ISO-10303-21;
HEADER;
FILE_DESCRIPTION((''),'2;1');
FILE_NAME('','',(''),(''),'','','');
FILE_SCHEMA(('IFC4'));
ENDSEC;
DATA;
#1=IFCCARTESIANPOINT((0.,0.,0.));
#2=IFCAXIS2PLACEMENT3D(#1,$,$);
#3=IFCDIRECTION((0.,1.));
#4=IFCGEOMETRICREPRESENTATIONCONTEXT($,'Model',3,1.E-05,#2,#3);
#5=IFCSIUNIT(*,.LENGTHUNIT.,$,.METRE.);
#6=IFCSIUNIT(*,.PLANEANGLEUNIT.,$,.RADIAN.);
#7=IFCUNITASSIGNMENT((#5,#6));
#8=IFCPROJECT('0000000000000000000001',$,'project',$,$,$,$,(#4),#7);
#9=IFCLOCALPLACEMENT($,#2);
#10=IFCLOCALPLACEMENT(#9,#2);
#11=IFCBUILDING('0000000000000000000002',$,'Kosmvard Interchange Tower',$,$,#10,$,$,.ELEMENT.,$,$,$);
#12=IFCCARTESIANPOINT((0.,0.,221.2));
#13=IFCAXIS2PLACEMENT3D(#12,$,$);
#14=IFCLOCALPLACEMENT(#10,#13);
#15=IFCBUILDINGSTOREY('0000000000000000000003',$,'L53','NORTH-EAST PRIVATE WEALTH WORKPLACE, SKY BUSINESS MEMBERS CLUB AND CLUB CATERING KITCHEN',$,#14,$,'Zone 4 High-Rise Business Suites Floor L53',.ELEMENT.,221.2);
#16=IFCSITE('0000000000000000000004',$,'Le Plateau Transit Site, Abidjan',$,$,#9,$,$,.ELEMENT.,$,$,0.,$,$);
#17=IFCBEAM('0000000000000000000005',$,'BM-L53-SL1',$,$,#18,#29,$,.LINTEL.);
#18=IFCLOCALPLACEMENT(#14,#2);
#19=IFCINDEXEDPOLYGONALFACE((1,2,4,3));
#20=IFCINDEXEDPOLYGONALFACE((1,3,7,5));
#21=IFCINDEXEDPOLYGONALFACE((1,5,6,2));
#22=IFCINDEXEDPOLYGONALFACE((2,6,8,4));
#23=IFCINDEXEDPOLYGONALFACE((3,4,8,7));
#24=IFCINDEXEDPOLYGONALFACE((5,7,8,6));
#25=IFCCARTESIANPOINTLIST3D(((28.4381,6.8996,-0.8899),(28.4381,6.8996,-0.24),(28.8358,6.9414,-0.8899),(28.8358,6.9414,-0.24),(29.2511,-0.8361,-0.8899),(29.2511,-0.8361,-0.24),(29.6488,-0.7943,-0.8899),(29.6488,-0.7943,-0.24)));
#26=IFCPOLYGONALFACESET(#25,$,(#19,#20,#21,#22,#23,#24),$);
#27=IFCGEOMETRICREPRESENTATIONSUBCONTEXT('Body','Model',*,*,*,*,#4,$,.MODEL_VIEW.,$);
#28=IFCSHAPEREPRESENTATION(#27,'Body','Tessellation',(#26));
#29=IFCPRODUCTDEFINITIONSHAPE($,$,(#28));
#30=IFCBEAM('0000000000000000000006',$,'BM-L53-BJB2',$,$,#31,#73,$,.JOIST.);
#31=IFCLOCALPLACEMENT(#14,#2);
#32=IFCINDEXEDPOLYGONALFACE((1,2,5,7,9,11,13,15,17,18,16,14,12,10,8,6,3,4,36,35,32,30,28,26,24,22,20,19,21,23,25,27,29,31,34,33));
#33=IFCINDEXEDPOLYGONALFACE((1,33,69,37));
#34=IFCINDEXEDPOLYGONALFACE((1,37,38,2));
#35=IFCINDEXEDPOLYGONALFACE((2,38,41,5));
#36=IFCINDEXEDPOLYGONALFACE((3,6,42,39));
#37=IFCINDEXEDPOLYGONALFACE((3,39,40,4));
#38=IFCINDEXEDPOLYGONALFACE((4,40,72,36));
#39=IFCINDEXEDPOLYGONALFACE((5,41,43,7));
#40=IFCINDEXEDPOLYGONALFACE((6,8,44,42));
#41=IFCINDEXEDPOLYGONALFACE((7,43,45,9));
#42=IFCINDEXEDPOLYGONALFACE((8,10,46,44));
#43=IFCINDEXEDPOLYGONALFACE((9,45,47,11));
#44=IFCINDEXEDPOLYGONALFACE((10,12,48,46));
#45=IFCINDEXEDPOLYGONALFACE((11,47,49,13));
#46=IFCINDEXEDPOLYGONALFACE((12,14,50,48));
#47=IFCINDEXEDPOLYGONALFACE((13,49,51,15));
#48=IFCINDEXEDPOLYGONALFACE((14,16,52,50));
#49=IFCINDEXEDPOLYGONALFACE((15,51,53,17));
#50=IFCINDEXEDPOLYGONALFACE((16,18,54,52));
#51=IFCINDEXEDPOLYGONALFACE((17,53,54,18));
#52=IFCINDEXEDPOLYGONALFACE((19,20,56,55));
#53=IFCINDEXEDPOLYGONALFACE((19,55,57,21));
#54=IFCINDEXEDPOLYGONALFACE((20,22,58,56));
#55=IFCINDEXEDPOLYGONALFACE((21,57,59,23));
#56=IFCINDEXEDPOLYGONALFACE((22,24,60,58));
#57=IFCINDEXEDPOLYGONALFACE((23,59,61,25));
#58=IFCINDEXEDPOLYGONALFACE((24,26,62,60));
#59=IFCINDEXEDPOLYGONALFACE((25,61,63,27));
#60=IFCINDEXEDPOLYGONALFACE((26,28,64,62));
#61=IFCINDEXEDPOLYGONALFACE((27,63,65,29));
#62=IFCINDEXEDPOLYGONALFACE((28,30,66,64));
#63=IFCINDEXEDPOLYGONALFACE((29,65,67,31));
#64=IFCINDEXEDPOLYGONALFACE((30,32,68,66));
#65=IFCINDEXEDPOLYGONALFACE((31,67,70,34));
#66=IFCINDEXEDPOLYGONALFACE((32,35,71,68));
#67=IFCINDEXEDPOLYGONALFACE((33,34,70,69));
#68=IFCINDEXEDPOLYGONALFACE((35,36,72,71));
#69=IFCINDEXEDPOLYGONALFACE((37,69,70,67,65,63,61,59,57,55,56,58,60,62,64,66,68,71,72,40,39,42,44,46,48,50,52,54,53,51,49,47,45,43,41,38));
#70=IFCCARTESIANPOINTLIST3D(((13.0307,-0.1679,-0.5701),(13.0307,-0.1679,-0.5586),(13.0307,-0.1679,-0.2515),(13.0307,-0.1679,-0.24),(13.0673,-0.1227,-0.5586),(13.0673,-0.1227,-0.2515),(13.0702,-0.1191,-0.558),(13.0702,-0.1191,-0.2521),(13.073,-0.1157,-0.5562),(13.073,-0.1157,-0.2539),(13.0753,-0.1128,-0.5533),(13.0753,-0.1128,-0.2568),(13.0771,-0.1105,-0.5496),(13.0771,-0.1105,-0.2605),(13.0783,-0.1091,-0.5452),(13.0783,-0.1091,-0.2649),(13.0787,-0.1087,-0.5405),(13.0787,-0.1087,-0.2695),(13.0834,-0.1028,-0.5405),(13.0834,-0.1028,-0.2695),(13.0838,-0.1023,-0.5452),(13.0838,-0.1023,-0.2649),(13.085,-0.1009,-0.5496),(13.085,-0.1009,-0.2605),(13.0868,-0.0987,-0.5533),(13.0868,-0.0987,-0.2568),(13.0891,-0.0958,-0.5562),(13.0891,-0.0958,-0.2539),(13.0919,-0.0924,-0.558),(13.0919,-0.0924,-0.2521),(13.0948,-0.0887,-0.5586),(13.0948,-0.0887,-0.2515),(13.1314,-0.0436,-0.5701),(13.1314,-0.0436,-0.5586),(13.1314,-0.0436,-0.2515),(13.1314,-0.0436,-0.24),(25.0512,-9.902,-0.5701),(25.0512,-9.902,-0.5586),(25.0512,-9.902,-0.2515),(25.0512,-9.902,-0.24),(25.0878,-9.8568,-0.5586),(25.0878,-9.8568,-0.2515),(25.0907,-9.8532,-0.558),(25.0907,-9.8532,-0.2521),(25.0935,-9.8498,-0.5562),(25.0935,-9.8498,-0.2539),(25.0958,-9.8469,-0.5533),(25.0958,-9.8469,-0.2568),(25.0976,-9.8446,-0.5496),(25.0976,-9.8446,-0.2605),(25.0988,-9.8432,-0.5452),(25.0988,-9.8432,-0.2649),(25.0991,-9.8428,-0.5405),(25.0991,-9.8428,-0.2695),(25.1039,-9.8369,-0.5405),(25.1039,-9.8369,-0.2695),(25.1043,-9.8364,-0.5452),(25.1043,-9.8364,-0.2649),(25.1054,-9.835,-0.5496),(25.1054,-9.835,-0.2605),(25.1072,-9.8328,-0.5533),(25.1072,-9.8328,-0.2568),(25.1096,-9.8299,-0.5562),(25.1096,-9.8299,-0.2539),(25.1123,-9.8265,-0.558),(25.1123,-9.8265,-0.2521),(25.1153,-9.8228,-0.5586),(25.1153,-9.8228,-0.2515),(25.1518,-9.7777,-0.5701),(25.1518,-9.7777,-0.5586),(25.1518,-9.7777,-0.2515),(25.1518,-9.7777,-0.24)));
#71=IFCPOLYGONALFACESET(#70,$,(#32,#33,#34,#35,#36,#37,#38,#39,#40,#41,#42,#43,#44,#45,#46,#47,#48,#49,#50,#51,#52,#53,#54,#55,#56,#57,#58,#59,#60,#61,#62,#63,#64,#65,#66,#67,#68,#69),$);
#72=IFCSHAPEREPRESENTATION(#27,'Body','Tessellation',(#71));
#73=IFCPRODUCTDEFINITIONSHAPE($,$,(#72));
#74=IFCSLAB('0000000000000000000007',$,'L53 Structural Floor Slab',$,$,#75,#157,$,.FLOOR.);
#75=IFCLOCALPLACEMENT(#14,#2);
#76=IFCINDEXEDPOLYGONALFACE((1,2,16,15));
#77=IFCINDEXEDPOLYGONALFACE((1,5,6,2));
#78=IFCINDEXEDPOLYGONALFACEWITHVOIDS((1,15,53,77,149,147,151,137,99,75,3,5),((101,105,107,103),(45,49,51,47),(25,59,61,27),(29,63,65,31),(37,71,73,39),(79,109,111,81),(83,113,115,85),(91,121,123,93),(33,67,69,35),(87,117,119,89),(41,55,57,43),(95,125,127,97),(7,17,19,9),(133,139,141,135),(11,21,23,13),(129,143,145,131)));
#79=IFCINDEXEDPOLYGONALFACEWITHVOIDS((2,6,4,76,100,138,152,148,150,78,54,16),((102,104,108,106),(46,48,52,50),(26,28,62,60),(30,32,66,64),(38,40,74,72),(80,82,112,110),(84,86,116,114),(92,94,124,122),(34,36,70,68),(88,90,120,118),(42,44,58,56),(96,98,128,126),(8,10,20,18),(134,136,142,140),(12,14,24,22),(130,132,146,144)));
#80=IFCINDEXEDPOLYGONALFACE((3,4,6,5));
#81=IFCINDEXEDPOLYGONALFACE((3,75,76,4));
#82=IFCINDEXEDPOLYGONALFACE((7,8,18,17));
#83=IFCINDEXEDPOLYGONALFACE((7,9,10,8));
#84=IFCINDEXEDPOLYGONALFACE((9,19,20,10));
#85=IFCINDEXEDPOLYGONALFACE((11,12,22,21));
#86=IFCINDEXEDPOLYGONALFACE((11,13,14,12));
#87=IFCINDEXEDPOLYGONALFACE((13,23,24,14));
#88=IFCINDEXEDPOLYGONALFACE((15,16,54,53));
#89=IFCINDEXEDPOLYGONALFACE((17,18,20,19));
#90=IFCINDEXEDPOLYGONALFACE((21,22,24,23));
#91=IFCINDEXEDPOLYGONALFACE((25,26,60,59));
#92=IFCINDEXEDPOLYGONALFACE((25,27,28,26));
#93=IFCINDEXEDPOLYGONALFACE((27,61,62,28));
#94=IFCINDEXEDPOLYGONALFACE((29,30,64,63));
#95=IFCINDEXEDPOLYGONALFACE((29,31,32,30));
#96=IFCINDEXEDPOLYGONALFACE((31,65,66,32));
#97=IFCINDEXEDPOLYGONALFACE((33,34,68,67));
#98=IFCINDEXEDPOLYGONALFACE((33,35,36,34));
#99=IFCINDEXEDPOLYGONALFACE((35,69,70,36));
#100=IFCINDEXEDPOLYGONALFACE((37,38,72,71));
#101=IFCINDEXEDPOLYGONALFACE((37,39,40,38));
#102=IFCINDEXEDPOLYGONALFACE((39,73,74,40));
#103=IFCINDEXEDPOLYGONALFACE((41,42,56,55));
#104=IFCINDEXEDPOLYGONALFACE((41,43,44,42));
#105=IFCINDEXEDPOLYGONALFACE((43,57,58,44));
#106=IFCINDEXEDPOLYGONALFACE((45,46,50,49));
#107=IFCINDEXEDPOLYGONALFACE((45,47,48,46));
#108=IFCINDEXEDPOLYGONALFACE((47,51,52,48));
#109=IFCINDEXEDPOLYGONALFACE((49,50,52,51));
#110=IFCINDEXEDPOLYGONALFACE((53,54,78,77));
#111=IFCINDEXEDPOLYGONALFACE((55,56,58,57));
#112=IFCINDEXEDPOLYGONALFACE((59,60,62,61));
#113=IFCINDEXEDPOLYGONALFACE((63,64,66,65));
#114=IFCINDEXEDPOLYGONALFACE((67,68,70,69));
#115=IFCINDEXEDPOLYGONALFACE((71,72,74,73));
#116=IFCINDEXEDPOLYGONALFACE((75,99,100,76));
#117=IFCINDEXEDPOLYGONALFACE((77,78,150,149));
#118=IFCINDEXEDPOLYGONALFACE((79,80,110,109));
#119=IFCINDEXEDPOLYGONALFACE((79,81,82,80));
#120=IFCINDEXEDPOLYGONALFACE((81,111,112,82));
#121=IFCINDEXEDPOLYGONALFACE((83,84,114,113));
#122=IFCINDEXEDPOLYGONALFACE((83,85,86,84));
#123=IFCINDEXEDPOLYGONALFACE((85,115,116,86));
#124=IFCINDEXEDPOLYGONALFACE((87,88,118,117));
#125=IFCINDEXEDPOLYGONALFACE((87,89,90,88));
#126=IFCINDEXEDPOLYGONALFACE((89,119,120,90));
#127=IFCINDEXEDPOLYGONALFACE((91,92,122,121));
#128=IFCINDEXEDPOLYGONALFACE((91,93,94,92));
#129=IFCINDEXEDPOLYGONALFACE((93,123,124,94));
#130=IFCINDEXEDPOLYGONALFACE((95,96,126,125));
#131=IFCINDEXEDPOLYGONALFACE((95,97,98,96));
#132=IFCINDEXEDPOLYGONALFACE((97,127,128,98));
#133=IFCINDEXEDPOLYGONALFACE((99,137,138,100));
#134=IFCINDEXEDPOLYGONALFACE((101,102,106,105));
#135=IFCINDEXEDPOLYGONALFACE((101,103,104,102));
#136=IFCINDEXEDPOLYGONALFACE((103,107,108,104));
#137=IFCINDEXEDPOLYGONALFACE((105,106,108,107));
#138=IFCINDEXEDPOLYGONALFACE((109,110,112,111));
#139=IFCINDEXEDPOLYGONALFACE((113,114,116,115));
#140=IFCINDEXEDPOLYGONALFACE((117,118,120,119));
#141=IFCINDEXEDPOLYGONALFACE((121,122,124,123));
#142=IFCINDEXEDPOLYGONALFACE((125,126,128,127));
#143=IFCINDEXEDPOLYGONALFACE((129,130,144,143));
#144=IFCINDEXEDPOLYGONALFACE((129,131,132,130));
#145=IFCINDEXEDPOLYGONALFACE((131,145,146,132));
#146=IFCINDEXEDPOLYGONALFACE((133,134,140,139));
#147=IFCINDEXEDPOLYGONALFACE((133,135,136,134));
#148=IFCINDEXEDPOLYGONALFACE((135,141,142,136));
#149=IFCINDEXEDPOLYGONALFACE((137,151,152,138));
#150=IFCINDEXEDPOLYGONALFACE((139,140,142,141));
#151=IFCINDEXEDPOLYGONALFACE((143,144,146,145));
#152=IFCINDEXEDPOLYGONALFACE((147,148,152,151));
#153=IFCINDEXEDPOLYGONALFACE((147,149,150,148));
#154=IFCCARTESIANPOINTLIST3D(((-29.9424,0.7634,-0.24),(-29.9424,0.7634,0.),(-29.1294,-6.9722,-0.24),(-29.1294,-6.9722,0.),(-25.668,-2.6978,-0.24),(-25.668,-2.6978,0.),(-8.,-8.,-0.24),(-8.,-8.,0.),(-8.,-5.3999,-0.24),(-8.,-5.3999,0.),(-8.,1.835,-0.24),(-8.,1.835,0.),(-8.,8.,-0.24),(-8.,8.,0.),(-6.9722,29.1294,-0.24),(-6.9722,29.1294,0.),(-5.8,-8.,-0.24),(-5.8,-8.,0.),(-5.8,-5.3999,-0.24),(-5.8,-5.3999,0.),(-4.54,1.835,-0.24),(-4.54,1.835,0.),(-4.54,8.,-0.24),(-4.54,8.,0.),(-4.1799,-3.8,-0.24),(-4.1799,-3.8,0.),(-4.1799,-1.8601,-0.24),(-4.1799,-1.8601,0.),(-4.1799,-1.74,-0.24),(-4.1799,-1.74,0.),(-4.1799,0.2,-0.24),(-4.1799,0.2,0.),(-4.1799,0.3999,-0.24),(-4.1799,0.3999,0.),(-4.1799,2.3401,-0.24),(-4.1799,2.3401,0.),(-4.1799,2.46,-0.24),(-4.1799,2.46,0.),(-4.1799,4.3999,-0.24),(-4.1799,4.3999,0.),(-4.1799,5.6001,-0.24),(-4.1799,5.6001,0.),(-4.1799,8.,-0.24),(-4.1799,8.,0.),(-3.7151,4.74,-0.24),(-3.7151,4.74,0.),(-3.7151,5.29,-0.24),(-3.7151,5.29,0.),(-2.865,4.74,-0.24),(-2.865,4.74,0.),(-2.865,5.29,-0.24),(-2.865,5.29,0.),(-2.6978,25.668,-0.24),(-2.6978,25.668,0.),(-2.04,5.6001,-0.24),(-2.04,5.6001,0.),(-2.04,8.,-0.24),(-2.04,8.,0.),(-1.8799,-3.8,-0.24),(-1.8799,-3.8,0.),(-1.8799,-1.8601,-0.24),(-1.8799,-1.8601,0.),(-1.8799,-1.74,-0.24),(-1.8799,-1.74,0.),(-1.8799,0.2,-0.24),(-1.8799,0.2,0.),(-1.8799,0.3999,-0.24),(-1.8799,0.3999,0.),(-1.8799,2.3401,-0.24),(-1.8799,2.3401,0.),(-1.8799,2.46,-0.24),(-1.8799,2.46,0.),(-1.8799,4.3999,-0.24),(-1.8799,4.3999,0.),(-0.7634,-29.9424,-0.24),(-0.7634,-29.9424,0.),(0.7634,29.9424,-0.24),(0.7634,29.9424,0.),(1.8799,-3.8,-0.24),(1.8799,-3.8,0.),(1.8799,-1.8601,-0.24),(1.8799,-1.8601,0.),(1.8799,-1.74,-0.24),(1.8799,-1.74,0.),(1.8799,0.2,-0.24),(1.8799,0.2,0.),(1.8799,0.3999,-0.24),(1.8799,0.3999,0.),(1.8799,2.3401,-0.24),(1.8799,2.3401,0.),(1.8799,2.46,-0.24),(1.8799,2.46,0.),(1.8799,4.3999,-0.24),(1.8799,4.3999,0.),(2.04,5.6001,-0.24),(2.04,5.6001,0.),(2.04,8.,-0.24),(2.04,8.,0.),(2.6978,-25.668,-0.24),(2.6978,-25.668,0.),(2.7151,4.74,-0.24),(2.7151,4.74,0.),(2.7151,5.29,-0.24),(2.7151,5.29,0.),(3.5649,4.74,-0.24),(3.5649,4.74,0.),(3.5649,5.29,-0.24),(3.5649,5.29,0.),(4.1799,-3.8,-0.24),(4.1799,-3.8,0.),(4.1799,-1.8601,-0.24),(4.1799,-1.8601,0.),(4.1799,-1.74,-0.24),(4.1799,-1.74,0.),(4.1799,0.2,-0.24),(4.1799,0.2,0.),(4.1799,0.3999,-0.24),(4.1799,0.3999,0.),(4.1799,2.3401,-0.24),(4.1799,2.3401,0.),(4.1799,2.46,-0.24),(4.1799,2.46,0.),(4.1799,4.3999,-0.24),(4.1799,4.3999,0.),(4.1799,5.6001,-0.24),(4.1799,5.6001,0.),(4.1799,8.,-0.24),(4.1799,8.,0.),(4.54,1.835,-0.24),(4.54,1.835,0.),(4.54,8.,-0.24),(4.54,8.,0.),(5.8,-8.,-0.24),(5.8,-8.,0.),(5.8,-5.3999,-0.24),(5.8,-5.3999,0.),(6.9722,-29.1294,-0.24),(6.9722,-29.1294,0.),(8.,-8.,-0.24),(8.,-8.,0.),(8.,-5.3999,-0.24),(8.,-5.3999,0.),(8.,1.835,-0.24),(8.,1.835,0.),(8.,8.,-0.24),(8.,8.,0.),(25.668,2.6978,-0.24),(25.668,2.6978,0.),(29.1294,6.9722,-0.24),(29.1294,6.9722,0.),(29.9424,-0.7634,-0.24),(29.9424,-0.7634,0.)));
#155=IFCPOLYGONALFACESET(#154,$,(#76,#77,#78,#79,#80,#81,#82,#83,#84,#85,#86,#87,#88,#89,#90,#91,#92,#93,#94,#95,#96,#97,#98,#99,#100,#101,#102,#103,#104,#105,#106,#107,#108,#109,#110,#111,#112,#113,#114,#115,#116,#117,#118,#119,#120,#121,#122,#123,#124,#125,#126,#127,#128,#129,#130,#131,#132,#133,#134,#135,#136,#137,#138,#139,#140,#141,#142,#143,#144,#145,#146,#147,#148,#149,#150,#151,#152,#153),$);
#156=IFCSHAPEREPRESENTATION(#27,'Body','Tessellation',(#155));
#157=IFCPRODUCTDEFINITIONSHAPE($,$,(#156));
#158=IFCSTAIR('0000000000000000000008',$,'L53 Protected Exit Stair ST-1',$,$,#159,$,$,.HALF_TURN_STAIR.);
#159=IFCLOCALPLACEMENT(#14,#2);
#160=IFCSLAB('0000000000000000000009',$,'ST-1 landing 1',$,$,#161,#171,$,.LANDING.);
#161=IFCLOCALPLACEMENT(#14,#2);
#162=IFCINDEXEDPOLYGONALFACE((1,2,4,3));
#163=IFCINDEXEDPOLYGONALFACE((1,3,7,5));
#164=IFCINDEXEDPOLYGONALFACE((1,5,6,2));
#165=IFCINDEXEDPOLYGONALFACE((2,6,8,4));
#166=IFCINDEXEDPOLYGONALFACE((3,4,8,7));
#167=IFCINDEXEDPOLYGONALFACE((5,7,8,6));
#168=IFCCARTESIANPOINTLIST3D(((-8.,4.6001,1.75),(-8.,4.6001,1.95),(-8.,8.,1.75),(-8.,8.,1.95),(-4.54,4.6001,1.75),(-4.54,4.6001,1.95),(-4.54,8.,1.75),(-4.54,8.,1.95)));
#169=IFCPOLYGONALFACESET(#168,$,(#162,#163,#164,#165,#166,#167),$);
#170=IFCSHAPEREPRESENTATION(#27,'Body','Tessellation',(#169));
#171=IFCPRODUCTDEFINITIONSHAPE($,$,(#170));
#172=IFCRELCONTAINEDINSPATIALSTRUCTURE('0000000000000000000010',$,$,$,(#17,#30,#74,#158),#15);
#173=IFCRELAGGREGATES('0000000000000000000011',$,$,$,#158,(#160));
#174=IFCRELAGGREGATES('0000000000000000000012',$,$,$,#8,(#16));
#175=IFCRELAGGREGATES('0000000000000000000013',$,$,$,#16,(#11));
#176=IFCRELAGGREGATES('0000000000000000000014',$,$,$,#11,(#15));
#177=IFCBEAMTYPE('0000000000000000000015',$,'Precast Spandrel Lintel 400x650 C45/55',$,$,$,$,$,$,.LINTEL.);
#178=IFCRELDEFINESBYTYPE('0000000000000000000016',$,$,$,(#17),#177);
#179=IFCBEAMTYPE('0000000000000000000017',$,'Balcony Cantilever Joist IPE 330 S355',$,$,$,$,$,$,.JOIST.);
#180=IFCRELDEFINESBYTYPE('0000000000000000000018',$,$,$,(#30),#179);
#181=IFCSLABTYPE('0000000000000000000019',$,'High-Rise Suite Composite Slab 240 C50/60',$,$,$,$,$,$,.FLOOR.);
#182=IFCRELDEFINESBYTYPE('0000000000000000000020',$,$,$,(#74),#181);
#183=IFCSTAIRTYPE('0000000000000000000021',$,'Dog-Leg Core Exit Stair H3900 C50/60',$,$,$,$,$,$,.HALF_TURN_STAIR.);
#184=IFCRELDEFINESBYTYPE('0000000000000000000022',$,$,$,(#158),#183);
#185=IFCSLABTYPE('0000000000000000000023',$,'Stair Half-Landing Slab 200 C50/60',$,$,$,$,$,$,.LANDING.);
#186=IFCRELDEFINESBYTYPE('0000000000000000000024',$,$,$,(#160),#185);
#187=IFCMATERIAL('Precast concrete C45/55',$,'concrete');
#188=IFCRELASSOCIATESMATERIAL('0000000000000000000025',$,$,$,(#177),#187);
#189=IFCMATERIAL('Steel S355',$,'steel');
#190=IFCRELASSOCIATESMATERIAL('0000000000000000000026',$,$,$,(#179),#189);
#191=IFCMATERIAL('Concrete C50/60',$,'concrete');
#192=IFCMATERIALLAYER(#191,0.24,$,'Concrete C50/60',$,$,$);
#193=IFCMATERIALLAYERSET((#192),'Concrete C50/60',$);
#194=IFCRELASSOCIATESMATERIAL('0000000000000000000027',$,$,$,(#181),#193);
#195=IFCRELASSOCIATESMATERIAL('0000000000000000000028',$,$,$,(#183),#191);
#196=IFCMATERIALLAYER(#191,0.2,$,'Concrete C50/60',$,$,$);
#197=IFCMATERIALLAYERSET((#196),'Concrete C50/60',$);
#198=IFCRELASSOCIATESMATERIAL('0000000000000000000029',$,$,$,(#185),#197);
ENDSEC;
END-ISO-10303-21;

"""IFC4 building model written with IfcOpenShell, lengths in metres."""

from ifc_helpers import new_model, si_unit, direction, frame, origin, origin_2d, place, context, subcontext, project, spatial, polyline, rectangle, i_section, outline, extrude, source, transform, mapped, material, layer, layer_set, material_profile, profile_set, type_object, element, aggregate, save


model = new_model("IFC4")

# Units and contexts
model_context = context("Model", 3, precision=1e-05, world=origin(), true_north=direction((0.0, 1.0)))
body_context = subcontext(model_context, "Body", "Model", "MODEL_VIEW")
ifc_project = project(units=[si_unit("LENGTHUNIT", "METRE"), si_unit("PLANEANGLEUNIT", "RADIAN")], contexts=[model_context])

# Site, building, storey
site_placement = place(None, origin())
site = spatial("IfcSite", under=ifc_project, at=site_placement, Name="Le Plateau Transit Site, Abidjan", CompositionType="ELEMENT", RefElevation=0.0)
building_placement = place(site_placement, origin())
building = spatial("IfcBuilding", under=site, at=building_placement, Name="Kosmvard Interchange Tower", CompositionType="ELEMENT")
storey_placement = place(building_placement, frame((0.0, 0.0, 221.2)))
storey = spatial("IfcBuildingStorey", under=building, at=storey_placement, Name="L53", Description="NORTH-EAST PRIVATE WEALTH WORKPLACE, SKY BUSINESS MEMBERS CLUB AND CLUB CATERING KITCHEN", LongName="Zone 4 High-Rise Business Suites Floor L53", CompositionType="ELEMENT", Elevation=221.2)

# Beams
ifc_material_1 = material(Name="Precast concrete C45/55", Category="concrete")
ifc_material_profile_1 = material_profile(ifc_material_1, rectangle(XDim=0.3999, YDim=0.6499, at=origin_2d()), Name="SL 400x650")
ifc_profile_set_1 = profile_set([ifc_material_profile_1], Name="Precast concrete C45/55")
beam_type_1 = type_object("IfcBeamType", Name="Precast Spandrel Lintel 400x650 C45/55", PredefinedType="LINTEL", material=ifc_profile_set_1)
shared_shape_1 = source(origin(), body_context, "Body", "SweptSolid", [
    extrude(rectangle(XDim=0.3999, YDim=0.6499, at=origin_2d()), origin(), (0.0, 0.0, 1.0), 7.7783),
])
beam_1_placement = place(storey_placement, frame((29.45, -0.8152, -0.5649), z_axis=(-0.104521, 0.994523, 0.0), x_axis=(-0.994523, -0.104521, 0.0)))
element("IfcBeam", 1, at=beam_1_placement, inside=storey, type_object=beam_type_1, Name="BM-L53-SL1", PredefinedType="LINTEL", context=body_context, shape_type="MappedRepresentation", body=[
    mapped(shared_shape_1, transform((0.0, 0.0, 0.0), scale=1.0)),
])
ifc_material_2 = material(Name="Steel S355", Category="steel")
ifc_material_profile_2 = material_profile(ifc_material_2, i_section(OverallWidth=0.1599, OverallDepth=0.3301, WebThickness=0.0076, FlangeThickness=0.0115, FilletRadius=0.0181, at=origin_2d()), Name="IPE 330")
ifc_profile_set_2 = profile_set([ifc_material_profile_2], Name="Steel S355")
beam_type_2 = type_object("IfcBeamType", Name="Balcony Cantilever Joist IPE 330 S355", PredefinedType="JOIST", material=ifc_profile_set_2)
shared_shape_2 = source(origin(), body_context, "Body", "SweptSolid", [
    extrude(i_section(OverallWidth=0.1599, OverallDepth=0.3301, WebThickness=0.0076, FlangeThickness=0.0115, FilletRadius=0.0181, at=origin_2d()), origin(), (0.0, 0.0, 1.0), 15.4675),
])
beam_2_placement = place(storey_placement, frame((13.0811, -0.1057, -0.405), z_axis=(0.777142, -0.629325, 0.0), x_axis=(0.629325, 0.777142, 0.0)))
element("IfcBeam", 2, at=beam_2_placement, inside=storey, type_object=beam_type_2, Name="BM-L53-BJB2", PredefinedType="JOIST", context=body_context, shape_type="MappedRepresentation", body=[
    mapped(shared_shape_2, transform((0.0, 0.0, 0.0), scale=1.0)),
])

# Slab
ifc_material_3 = material(Name="Concrete C50/60", Category="concrete")
ifc_layer_1 = layer(ifc_material_3, 0.24, Name="Concrete C50/60")
ifc_layer_set_1 = layer_set([ifc_layer_1], Name="Concrete C50/60")
slab_type_1 = type_object("IfcSlabType", Name="High-Rise Suite Composite Slab 240 C50/60", PredefinedType="FLOOR", material=ifc_layer_set_1)
slab_1_placement = place(storey_placement, frame((0.0, 0.0, -0.24)))
element("IfcSlab", 3, at=slab_1_placement, inside=storey, type_object=slab_type_1, Name="L53 Structural Floor Slab", PredefinedType="FLOOR", context=body_context, shape_type="SweptSolid", body=[
    extrude(outline(polyline([(6.9722, -29.1294), (29.9424, -0.7634), (25.668, 2.6978), (29.1294, 6.9722), (0.7634, 29.9424), (-2.6978, 25.668), (-6.9722, 29.1294), (-29.9424, 0.7634), (-25.668, -2.6978), (-29.1294, -6.9722), (-0.7634, -29.9424), (2.6978, -25.668), (6.9722, -29.1294)]), holes=[polyline([(-8.0, 1.835), (-4.54, 1.835), (-4.54, 8.0), (-8.0, 8.0), (-8.0, 1.835)]), polyline([(4.54, 1.835), (8.0, 1.835), (8.0, 8.0), (4.54, 8.0), (4.54, 1.835)]), polyline([(-8.0, -8.0), (-5.8, -8.0), (-5.8, -5.3999), (-8.0, -5.3999), (-8.0, -8.0)]), polyline([(5.8, -8.0), (8.0, -8.0), (8.0, -5.3999), (5.8, -5.3999), (5.8, -8.0)]), polyline([(-4.1799, -3.8), (-1.8799, -3.8), (-1.8799, -1.8601), (-4.1799, -1.8601), (-4.1799, -3.8)]), polyline([(-4.1799, -1.74), (-1.8799, -1.74), (-1.8799, 0.2), (-4.1799, 0.2), (-4.1799, -1.74)]), polyline([(1.8799, -3.8), (4.1799, -3.8), (4.1799, -1.8601), (1.8799, -1.8601), (1.8799, -3.8)]), polyline([(1.8799, -1.74), (4.1799, -1.74), (4.1799, 0.2), (1.8799, 0.2), (1.8799, -1.74)]), polyline([(-4.1799, 0.3999), (-1.8799, 0.3999), (-1.8799, 2.3401), (-4.1799, 2.3401), (-4.1799, 0.3999)]), polyline([(-4.1799, 2.46), (-1.8799, 2.46), (-1.8799, 4.3999), (-4.1799, 4.3999), (-4.1799, 2.46)]), polyline([(1.8799, 0.3999), (4.1799, 0.3999), (4.1799, 2.3401), (1.8799, 2.3401), (1.8799, 0.3999)]), polyline([(1.8799, 2.46), (4.1799, 2.46), (4.1799, 4.3999), (1.8799, 4.3999), (1.8799, 2.46)]), polyline([(-4.1799, 5.6001), (-2.04, 5.6001), (-2.04, 8.0), (-4.1799, 8.0), (-4.1799, 5.6001)]), polyline([(2.04, 5.6001), (4.1799, 5.6001), (4.1799, 8.0), (2.04, 8.0), (2.04, 5.6001)]), polyline([(-3.7151, 4.74), (-2.865, 4.74), (-2.865, 5.29), (-3.7151, 5.29), (-3.7151, 4.74)]), polyline([(2.7151, 4.74), (3.5649, 4.74), (3.5649, 5.29), (2.7151, 5.29), (2.7151, 4.74)])]), origin(), (0.0, 0.0, 1.0), 0.24),
])

# Stair, slab
stair_type = type_object("IfcStairType", Name="Dog-Leg Core Exit Stair H3900 C50/60", PredefinedType="HALF_TURN_STAIR", material=ifc_material_3)
stair_1_placement = place(storey_placement, origin())
stair_1 = element("IfcStair", 4, at=stair_1_placement, inside=storey, type_object=stair_type, Name="L53 Protected Exit Stair ST-1", PredefinedType="HALF_TURN_STAIR")
ifc_layer_2 = layer(ifc_material_3, 0.2, Name="Concrete C50/60")
ifc_layer_set_2 = layer_set([ifc_layer_2], Name="Concrete C50/60")
slab_type_2 = type_object("IfcSlabType", Name="Stair Half-Landing Slab 200 C50/60", PredefinedType="LANDING", material=ifc_layer_set_2)
slab_2_placement = place(storey_placement, frame((0.0, 0.0, 1.75)))
slab_2 = element("IfcSlab", 5, at=slab_2_placement, type_object=slab_type_2, Name="ST-1 landing 1", PredefinedType="LANDING", context=body_context, shape_type="SweptSolid", body=[
    extrude(outline(polyline([(-4.54, 4.6001), (-4.54, 8.0), (-8.0, 8.0), (-8.0, 4.6001), (-4.54, 4.6001)])), origin(), (0.0, 0.0, 1.0), 0.2),
])
aggregate(stair_1, [slab_2])

save(model, "model.ifc")
